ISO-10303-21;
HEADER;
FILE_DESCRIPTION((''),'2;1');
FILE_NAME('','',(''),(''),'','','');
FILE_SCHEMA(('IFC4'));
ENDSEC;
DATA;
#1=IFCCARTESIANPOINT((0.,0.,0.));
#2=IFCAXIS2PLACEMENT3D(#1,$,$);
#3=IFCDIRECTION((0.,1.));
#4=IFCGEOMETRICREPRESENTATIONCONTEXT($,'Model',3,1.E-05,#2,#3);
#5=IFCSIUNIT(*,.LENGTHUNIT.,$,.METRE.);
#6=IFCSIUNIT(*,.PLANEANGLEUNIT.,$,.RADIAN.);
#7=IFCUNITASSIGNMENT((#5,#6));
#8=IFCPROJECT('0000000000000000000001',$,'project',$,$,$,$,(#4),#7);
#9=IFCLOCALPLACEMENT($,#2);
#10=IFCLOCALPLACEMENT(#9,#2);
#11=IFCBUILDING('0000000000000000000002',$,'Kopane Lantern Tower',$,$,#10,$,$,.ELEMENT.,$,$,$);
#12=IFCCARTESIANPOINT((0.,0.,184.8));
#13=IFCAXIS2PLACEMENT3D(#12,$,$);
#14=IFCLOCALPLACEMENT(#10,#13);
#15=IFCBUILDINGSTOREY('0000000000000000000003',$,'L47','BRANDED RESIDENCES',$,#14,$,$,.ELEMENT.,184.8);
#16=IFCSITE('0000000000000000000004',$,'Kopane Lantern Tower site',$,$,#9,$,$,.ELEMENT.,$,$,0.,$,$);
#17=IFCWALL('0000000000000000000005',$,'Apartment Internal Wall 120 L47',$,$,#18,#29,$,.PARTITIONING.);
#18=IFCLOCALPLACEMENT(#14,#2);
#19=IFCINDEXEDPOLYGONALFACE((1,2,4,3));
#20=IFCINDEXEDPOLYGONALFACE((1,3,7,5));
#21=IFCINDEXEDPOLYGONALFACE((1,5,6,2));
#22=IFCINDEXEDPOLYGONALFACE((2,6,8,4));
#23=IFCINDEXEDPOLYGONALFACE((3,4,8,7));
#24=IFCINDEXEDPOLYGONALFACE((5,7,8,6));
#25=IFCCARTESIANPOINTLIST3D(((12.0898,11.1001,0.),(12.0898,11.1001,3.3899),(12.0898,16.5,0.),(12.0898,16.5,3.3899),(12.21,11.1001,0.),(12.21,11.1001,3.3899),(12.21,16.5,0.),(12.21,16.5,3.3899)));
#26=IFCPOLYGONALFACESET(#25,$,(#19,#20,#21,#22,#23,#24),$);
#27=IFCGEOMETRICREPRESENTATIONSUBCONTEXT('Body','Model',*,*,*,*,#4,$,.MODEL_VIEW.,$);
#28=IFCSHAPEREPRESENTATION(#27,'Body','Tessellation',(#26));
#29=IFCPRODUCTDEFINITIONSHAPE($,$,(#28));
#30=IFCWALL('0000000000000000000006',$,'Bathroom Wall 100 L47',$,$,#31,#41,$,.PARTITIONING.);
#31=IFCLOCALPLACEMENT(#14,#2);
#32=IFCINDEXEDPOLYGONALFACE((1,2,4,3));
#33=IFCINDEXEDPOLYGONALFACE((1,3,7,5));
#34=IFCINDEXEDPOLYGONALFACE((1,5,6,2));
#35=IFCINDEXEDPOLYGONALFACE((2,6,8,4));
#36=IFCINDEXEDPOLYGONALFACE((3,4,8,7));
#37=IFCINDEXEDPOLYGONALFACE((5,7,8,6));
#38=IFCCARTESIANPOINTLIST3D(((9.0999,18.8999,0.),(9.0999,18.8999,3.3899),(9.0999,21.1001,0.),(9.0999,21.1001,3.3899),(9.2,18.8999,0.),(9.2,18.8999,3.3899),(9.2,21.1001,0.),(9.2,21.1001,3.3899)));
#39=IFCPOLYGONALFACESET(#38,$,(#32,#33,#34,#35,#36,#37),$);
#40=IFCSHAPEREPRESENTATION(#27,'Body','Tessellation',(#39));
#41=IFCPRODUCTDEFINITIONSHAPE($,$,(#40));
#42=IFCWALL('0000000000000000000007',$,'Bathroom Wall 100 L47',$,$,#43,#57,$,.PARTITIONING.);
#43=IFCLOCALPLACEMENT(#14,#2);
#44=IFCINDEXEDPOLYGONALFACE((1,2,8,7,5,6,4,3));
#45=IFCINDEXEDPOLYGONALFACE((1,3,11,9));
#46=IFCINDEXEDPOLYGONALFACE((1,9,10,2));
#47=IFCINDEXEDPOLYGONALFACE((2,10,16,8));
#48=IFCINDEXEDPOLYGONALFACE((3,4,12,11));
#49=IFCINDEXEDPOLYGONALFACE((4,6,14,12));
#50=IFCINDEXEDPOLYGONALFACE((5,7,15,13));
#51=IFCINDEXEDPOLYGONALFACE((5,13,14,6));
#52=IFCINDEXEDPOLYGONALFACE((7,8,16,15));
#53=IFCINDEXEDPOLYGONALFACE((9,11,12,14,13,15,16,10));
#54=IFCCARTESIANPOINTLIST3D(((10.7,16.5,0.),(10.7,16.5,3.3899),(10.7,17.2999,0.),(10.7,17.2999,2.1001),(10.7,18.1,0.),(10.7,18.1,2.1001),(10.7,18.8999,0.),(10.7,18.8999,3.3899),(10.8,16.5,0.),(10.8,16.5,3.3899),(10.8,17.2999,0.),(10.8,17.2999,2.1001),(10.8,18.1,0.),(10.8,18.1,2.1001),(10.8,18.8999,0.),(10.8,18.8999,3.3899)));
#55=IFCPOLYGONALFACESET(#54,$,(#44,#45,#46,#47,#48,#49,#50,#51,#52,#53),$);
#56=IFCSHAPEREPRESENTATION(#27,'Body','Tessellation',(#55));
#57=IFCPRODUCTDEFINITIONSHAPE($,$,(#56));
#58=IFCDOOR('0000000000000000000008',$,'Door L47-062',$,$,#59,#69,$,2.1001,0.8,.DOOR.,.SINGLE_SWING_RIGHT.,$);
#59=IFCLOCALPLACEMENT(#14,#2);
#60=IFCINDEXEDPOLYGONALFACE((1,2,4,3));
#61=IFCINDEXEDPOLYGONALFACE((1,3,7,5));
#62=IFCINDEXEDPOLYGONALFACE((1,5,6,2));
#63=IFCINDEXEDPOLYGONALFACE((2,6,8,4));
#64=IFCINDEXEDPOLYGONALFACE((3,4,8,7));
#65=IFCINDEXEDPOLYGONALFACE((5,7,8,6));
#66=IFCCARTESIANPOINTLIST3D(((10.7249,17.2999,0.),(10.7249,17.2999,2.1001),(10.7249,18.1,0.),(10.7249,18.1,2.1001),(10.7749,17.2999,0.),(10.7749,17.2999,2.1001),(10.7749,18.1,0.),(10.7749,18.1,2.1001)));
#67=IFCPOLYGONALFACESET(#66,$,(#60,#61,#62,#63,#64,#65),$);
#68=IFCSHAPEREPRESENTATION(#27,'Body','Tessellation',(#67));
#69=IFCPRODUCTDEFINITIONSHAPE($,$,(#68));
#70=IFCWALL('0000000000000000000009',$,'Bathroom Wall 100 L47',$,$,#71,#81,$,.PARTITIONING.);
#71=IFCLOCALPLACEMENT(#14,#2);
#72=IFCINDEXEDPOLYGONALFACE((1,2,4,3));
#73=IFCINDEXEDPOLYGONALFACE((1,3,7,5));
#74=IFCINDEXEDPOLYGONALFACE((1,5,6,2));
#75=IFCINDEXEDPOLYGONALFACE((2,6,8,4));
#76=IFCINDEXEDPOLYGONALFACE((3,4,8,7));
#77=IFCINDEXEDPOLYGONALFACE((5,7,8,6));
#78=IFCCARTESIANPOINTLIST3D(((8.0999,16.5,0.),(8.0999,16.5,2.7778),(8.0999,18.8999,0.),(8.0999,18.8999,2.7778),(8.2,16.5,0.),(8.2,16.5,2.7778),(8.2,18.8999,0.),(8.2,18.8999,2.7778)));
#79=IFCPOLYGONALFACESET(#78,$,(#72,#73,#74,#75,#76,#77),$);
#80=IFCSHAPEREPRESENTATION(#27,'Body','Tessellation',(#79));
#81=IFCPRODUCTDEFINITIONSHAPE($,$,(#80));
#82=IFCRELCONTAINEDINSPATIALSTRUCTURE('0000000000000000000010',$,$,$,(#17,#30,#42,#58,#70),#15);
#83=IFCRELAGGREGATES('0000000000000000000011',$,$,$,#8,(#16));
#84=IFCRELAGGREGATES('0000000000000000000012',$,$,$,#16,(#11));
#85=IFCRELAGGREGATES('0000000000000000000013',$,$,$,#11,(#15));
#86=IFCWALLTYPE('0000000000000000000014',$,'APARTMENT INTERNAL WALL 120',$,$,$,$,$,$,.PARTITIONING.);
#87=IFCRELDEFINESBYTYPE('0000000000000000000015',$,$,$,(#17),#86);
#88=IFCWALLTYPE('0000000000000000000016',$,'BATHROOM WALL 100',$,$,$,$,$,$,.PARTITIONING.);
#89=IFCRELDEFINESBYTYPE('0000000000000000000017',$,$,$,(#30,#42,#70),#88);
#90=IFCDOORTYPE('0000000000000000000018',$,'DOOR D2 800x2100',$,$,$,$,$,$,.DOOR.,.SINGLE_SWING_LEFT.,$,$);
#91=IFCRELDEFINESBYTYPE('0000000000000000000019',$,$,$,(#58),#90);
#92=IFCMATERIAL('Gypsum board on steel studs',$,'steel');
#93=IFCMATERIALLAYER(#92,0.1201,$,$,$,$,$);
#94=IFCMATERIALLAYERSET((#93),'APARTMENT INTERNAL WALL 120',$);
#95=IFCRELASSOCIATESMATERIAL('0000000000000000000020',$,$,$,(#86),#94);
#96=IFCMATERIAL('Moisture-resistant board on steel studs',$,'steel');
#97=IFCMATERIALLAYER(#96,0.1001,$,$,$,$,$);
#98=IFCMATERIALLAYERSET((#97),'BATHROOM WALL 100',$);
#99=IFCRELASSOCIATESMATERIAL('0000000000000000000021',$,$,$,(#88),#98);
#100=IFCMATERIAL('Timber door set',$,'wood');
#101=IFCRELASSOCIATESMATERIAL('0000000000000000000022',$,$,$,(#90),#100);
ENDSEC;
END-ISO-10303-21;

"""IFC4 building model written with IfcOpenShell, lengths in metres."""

from ifc_helpers import new_model, si_unit, direction, frame, frame_2d, origin, place, context, subcontext, project, spatial, rectangle, extrude, material, layer, layer_set, type_object, element, fill, save


model = new_model("IFC4")

# Units and contexts
model_context = context("Model", 3, precision=1e-05, world=origin(), true_north=direction((0.0, 1.0)))
body_context = subcontext(model_context, "Body", "Model", "MODEL_VIEW")
ifc_project = project(units=[si_unit("LENGTHUNIT", "METRE"), si_unit("PLANEANGLEUNIT", "RADIAN")], contexts=[model_context])

# Site, building, storey
site_placement = place(None, origin())
site = spatial("IfcSite", under=ifc_project, at=site_placement, Name="Kopane Lantern Tower site", CompositionType="ELEMENT", RefElevation=0.0)
building_placement = place(site_placement, origin())
building = spatial("IfcBuilding", under=site, at=building_placement, Name="Kopane Lantern Tower", CompositionType="ELEMENT")
storey_placement = place(building_placement, frame((0.0, 0.0, 184.8)))
storey = spatial("IfcBuildingStorey", under=building, at=storey_placement, Name="L47", Description="BRANDED RESIDENCES", CompositionType="ELEMENT", Elevation=184.8)

# Walls
ifc_material_1 = material(Name="Gypsum board on steel studs", Category="steel")
ifc_layer_1 = layer(ifc_material_1, 0.1201)
ifc_layer_set_1 = layer_set([ifc_layer_1], Name="APARTMENT INTERNAL WALL 120")
wall_type_1 = type_object("IfcWallType", Name="APARTMENT INTERNAL WALL 120", PredefinedType="PARTITIONING", material=ifc_layer_set_1)
wall_1_placement = place(storey_placement, frame((12.1499, 16.5, 0.0), z_axis=(0.0, 0.0, 1.0), x_axis=(0.0, -1.0, 0.0)))
element("IfcWall", 1, at=wall_1_placement, inside=storey, type_object=wall_type_1, Name="Apartment Internal Wall 120 L47", PredefinedType="PARTITIONING", context=body_context, shape_type="SweptSolid", body=[
    extrude(rectangle(XDim=5.3999, YDim=0.1201, at=frame_2d((2.7, 0.0))), origin(), (0.0, 0.0, 1.0), 3.3899),
])
ifc_material_2 = material(Name="Moisture-resistant board on steel studs", Category="steel")
ifc_layer_2 = layer(ifc_material_2, 0.1001)
ifc_layer_set_2 = layer_set([ifc_layer_2], Name="BATHROOM WALL 100")
wall_type_2 = type_object("IfcWallType", Name="BATHROOM WALL 100", PredefinedType="PARTITIONING", material=ifc_layer_set_2)
wall_2_placement = place(storey_placement, frame((9.1499, 18.8999, 0.0), z_axis=(0.0, 0.0, 1.0), x_axis=(0.0, 1.0, 0.0)))
element("IfcWall", 2, at=wall_2_placement, inside=storey, type_object=wall_type_2, Name="Bathroom Wall 100 L47", PredefinedType="PARTITIONING", context=body_context, shape_type="SweptSolid", body=[
    extrude(rectangle(XDim=2.2002, YDim=0.1001, at=frame_2d((1.1001, 0.0))), origin(), (0.0, 0.0, 1.0), 3.3899),
])

# Wall, opening, door
wall_3_placement = place(storey_placement, frame((10.75, 18.8999, 0.0), z_axis=(0.0, 0.0, 1.0), x_axis=(0.0, -1.0, 0.0)))
wall_3 = element("IfcWall", 3, at=wall_3_placement, inside=storey, type_object=wall_type_2, Name="Bathroom Wall 100 L47", PredefinedType="PARTITIONING", context=body_context, shape_type="SweptSolid", body=[
    extrude(rectangle(XDim=2.3999, YDim=0.1001, at=frame_2d((1.2, 0.0))), origin(), (0.0, 0.0, 1.0), 3.3899),
])
opening_1_placement = place(wall_3_placement, frame((0.8, 0.0, 0.0)))
opening_1 = element("IfcOpeningElement", 4, at=opening_1_placement, cuts=wall_3, PredefinedType="OPENING", context=body_context, shape_type="SweptSolid", body=[
    extrude(rectangle(XDim=0.8, YDim=2.1001, at=frame_2d((0.3999, 1.05))), frame((0.0, 0.0601, 0.0), z_axis=(0.0, -1.0, 0.0), x_axis=(1.0, 0.0, 0.0)), (0.0, 0.0, 1.0), 0.1201),
])
ifc_material_3 = material(Name="Timber door set", Category="wood")
door_type_1 = type_object("IfcDoorType", Name="DOOR D2 800x2100", OperationType="SINGLE_SWING_LEFT", PredefinedType="DOOR", material=ifc_material_3)
door_1_placement = place(opening_1_placement, origin())
door_1 = element("IfcDoor", 5, at=door_1_placement, inside=storey, type_object=door_type_1, Name="Door L47-062", OperationType="SINGLE_SWING_RIGHT", OverallHeight=2.1001, OverallWidth=0.8, PredefinedType="DOOR", context=body_context, shape_type="SweptSolid", body=[
    extrude(rectangle(XDim=0.8, YDim=2.1001, at=frame_2d((0.3999, 1.05))), frame((0.0, 0.0249, 0.0), z_axis=(0.0, -1.0, 0.0), x_axis=(1.0, 0.0, 0.0)), (0.0, 0.0, 1.0), 0.05),
])
fill(opening_1, door_1)

# Wall
wall_4_placement = place(storey_placement, frame((8.1499, 18.8999, 0.0), z_axis=(0.0, 0.0, 1.0), x_axis=(0.0, -1.0, 0.0)))
element("IfcWall", 6, at=wall_4_placement, inside=storey, type_object=wall_type_2, Name="Bathroom Wall 100 L47", PredefinedType="PARTITIONING", context=body_context, shape_type="SweptSolid", body=[
    extrude(rectangle(XDim=2.3999, YDim=0.1001, at=frame_2d((1.2, 0.0))), origin(), (0.0, 0.0, 1.0), 2.7778),
])

save(model, "model.ifc")
